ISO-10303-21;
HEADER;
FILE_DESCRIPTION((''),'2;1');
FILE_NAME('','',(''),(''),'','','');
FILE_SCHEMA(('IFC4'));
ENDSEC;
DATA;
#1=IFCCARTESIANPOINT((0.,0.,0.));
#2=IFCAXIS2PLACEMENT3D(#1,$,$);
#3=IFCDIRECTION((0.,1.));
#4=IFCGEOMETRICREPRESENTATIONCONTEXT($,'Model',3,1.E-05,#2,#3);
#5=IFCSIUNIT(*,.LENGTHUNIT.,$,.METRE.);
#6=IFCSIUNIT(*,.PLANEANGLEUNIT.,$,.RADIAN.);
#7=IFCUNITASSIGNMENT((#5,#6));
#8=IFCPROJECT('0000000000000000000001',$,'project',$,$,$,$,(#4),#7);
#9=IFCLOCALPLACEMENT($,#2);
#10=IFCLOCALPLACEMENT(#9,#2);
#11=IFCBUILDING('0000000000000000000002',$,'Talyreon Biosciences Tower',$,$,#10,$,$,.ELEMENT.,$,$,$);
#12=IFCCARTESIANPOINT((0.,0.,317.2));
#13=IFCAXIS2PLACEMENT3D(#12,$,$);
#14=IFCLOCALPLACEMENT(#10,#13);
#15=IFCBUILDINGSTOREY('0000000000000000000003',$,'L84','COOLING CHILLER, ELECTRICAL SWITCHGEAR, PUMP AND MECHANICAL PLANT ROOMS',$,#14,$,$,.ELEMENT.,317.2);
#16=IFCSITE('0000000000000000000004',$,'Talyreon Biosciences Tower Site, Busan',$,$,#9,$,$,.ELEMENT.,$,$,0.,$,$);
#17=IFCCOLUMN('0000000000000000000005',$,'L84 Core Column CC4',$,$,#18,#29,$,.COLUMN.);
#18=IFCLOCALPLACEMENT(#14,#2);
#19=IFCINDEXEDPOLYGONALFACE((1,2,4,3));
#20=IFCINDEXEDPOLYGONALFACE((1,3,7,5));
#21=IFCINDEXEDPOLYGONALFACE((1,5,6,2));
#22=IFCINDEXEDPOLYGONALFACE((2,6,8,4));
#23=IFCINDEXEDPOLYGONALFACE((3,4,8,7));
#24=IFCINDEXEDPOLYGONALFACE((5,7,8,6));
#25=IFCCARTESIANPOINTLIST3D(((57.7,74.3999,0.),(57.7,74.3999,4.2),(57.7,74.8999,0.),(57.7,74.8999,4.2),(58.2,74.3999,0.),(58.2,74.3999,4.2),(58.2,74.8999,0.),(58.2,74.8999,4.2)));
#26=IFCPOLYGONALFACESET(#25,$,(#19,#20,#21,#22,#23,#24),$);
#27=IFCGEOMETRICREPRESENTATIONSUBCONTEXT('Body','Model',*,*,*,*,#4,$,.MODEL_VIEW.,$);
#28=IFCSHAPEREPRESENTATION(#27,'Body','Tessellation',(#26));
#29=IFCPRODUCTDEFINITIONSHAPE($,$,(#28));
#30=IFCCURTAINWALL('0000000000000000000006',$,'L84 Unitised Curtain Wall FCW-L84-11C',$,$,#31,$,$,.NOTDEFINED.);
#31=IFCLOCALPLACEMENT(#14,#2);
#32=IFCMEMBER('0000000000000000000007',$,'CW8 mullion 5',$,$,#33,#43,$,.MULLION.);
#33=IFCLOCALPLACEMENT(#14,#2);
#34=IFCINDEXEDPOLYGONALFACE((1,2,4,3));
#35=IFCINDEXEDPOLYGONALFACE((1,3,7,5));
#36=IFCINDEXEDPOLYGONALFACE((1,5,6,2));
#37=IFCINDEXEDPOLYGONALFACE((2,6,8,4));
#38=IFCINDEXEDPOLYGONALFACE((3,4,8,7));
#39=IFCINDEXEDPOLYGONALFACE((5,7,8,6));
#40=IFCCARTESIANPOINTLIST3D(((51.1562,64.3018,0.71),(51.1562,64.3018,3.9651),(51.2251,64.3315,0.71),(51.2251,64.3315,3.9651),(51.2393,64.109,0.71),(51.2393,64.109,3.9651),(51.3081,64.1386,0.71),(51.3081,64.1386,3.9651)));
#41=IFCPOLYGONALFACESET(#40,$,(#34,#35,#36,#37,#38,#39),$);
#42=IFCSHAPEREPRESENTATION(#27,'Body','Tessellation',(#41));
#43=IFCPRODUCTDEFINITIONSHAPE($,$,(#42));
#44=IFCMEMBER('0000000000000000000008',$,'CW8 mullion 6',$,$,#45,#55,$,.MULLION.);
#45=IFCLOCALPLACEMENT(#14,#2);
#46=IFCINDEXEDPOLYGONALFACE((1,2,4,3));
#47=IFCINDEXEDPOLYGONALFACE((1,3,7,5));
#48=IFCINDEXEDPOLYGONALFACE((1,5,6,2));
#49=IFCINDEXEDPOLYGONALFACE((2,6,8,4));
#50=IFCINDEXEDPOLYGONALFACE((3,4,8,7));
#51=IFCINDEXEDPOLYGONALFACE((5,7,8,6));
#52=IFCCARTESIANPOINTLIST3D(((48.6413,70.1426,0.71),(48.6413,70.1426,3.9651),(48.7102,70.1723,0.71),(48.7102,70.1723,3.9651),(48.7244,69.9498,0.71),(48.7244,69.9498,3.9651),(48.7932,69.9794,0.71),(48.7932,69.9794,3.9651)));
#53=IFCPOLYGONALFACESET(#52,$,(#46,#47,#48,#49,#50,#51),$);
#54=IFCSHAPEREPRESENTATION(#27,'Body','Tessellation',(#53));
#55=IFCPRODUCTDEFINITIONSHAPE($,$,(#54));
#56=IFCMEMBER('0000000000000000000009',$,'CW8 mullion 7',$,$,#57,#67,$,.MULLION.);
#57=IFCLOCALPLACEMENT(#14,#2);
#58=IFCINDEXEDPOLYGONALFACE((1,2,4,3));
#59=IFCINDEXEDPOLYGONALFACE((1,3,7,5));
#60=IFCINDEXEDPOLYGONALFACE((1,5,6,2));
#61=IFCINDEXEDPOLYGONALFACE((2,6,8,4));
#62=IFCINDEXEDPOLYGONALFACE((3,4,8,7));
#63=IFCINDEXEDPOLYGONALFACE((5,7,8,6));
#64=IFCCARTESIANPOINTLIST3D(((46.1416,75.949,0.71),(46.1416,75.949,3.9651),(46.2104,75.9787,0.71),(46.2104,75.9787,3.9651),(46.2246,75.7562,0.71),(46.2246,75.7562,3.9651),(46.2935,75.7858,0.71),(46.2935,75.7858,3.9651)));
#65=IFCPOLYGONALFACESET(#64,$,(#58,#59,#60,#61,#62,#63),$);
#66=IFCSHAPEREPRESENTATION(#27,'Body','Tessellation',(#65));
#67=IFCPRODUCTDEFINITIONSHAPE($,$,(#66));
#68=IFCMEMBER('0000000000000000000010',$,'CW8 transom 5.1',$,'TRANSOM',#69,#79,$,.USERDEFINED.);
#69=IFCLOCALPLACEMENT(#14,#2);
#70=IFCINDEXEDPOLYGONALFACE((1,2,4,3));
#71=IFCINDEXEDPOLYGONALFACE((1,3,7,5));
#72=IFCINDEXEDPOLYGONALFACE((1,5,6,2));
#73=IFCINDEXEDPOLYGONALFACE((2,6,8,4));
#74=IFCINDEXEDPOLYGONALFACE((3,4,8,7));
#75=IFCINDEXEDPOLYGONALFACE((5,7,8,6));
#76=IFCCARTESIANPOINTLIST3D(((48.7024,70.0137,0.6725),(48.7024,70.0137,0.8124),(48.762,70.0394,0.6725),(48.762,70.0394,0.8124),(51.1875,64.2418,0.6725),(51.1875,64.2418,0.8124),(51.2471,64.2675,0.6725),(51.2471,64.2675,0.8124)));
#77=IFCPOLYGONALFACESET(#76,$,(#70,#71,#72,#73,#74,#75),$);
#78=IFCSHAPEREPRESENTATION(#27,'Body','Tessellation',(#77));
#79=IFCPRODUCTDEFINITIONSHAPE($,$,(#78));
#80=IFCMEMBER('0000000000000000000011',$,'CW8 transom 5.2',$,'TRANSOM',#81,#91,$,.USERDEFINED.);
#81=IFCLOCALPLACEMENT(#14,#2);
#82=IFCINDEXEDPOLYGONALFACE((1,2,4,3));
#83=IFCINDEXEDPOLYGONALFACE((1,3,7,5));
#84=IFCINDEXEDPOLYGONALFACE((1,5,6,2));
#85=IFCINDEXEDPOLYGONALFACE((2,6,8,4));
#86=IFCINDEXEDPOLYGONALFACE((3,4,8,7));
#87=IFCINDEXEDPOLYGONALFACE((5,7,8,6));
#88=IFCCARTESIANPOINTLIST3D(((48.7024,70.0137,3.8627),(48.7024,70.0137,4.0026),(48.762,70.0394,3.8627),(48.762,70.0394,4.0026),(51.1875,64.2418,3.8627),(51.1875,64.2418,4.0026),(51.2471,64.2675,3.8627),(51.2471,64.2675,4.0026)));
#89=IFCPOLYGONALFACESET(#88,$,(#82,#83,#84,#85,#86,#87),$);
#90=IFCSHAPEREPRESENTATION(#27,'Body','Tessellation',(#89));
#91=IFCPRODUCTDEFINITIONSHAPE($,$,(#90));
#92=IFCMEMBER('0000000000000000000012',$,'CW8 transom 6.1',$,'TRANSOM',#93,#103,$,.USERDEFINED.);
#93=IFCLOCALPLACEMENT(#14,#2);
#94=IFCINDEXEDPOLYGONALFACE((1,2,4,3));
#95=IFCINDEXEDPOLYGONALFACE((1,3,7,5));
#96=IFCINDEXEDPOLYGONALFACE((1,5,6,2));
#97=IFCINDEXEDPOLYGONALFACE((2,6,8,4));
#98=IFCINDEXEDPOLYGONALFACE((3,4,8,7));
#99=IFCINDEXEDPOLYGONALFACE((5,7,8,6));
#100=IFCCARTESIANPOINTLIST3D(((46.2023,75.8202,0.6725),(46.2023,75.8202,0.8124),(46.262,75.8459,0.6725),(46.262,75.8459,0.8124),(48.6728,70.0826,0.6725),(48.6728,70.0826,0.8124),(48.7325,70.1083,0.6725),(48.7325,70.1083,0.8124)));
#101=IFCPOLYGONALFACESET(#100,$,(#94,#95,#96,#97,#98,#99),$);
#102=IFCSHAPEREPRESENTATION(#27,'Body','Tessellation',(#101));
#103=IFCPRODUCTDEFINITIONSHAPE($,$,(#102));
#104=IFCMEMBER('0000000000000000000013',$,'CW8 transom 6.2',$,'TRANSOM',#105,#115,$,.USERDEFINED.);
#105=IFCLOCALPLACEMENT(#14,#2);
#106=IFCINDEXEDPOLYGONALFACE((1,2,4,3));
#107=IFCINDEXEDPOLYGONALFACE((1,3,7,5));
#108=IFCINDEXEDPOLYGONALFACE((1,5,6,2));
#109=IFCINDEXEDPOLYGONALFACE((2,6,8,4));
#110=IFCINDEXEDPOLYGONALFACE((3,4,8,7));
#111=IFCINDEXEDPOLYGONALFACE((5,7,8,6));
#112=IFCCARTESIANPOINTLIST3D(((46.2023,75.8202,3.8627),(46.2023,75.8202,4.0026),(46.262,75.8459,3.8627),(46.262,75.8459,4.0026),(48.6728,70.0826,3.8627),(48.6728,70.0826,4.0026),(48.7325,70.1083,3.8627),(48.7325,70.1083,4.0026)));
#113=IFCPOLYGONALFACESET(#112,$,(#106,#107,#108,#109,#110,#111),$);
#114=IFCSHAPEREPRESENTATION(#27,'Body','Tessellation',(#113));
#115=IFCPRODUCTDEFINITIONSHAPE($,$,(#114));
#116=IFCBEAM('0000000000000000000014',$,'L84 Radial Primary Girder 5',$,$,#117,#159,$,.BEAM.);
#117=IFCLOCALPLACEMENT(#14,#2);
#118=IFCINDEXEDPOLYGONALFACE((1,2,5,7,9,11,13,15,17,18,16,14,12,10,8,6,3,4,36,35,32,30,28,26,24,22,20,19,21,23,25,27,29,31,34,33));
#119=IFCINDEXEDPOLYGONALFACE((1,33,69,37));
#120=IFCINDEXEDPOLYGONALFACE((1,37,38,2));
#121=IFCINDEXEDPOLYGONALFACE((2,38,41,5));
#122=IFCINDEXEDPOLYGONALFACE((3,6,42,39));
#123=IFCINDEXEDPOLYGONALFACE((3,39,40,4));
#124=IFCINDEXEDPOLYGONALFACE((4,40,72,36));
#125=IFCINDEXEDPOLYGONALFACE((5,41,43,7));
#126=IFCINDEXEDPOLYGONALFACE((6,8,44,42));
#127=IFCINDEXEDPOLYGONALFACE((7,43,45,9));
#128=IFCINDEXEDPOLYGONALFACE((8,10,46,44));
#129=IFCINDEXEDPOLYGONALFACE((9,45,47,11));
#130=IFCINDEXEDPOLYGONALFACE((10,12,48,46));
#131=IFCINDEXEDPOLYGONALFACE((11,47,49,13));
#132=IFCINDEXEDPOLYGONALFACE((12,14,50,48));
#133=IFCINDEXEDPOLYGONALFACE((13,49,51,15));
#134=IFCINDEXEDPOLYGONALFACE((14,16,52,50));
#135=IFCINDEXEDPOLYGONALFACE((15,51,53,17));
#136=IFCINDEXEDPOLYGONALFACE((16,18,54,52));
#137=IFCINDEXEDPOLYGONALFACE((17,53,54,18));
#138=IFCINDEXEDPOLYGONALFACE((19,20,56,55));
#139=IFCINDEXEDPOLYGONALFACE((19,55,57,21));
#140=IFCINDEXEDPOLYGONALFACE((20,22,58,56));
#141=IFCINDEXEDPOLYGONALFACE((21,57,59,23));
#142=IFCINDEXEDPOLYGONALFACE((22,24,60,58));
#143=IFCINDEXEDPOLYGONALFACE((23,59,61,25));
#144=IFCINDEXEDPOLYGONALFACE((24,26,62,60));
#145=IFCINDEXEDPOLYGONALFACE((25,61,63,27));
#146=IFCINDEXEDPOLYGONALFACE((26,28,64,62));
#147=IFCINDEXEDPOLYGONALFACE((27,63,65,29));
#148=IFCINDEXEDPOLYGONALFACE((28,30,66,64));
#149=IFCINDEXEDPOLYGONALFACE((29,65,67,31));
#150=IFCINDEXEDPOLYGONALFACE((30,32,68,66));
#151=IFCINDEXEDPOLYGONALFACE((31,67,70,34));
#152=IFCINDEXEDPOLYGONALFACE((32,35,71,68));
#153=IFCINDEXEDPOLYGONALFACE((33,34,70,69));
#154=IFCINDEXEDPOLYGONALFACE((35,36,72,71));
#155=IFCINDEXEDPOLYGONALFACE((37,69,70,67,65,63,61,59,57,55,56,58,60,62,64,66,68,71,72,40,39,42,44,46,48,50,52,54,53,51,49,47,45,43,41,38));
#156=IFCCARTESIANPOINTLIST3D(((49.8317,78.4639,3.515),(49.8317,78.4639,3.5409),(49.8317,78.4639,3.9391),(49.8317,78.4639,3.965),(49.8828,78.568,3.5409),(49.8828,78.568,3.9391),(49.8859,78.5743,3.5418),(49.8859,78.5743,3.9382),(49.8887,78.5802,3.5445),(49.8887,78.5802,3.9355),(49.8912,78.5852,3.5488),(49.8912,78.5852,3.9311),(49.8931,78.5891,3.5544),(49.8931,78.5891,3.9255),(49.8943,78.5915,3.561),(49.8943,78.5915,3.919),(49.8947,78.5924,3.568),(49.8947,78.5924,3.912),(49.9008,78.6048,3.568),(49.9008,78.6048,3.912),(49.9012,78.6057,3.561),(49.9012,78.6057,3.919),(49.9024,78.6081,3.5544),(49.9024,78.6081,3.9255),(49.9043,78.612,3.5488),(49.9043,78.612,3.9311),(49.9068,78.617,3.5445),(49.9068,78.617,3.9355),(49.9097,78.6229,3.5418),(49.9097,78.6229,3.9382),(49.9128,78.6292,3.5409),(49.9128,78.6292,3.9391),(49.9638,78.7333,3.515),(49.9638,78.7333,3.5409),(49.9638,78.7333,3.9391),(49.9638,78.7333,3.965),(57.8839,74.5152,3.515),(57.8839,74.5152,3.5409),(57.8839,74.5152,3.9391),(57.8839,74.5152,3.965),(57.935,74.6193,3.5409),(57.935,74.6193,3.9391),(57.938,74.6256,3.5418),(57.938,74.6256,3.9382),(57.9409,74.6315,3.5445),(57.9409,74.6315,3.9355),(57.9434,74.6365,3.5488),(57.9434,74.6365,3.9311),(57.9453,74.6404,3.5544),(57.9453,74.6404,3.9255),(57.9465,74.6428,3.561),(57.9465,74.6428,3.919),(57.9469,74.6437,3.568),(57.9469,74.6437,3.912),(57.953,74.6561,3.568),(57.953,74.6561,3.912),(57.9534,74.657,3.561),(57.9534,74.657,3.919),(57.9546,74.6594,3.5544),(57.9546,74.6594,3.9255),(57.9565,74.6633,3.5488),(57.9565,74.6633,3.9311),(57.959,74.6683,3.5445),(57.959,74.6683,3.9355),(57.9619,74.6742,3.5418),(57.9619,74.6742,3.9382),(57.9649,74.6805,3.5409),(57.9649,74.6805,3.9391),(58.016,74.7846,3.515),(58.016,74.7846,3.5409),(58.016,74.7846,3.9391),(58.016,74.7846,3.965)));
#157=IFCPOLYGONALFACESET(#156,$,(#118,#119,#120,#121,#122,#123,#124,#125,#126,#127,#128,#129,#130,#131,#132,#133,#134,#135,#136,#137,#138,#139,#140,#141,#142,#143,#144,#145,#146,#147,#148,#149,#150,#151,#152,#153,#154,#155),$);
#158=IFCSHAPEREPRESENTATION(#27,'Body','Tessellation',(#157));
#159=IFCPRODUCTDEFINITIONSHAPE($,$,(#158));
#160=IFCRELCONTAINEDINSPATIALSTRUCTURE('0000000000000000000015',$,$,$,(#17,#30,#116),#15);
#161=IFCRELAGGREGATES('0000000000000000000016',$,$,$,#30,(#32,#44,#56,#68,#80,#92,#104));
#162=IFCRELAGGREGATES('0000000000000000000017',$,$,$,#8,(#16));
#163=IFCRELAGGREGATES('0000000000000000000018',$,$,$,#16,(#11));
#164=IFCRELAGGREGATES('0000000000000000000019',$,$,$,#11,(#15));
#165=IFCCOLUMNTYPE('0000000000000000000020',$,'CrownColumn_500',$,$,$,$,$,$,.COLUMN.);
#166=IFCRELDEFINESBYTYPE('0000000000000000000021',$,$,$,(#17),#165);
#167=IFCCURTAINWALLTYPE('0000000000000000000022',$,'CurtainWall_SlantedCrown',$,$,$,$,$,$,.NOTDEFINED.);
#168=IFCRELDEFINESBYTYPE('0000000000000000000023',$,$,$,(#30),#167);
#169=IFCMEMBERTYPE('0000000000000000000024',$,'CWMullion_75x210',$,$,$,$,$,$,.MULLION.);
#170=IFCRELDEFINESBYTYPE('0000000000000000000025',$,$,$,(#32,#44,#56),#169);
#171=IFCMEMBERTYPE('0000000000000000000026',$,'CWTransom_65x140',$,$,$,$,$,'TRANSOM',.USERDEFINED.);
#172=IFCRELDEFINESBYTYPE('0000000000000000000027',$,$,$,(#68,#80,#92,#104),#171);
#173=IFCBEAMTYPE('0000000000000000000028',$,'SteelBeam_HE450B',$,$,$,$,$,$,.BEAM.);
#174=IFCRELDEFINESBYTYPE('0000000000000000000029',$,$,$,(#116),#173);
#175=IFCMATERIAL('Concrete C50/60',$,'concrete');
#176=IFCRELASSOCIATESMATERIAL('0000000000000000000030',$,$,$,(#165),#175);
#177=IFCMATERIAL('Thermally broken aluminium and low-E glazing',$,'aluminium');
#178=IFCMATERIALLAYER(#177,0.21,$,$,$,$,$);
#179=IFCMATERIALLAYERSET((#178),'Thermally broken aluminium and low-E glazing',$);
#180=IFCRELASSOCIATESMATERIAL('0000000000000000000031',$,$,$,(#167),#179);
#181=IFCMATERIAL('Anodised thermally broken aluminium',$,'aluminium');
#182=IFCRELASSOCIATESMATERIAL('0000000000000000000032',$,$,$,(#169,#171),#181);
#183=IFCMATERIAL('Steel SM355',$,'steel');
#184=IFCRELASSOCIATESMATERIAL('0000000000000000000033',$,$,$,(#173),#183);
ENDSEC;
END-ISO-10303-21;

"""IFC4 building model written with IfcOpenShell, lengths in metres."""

from ifc_helpers import new_model, si_unit, direction, frame, origin, origin_2d, place, context, subcontext, project, spatial, rectangle, i_section, extrude, material, layer, layer_set, material_profile, profile_set, type_object, element, aggregate, save


model = new_model("IFC4")

# Units and contexts
model_context = context("Model", 3, precision=1e-05, world=origin(), true_north=direction((0.0, 1.0)))
body_context = subcontext(model_context, "Body", "Model", "MODEL_VIEW")
ifc_project = project(units=[si_unit("LENGTHUNIT", "METRE"), si_unit("PLANEANGLEUNIT", "RADIAN")], contexts=[model_context])

# Site, building, storey
site_placement = place(None, origin())
site = spatial("IfcSite", under=ifc_project, at=site_placement, Name="Talyreon Biosciences Tower Site, Busan", CompositionType="ELEMENT", RefElevation=0.0)
building_placement = place(site_placement, origin())
building = spatial("IfcBuilding", under=site, at=building_placement, Name="Talyreon Biosciences Tower", CompositionType="ELEMENT")
storey_placement = place(building_placement, frame((0.0, 0.0, 317.2)))
storey = spatial("IfcBuildingStorey", under=building, at=storey_placement, Name="L84", Description="COOLING CHILLER, ELECTRICAL SWITCHGEAR, PUMP AND MECHANICAL PLANT ROOMS", CompositionType="ELEMENT", Elevation=317.2)

# Column
ifc_material_1 = material(Name="Concrete C50/60", Category="concrete")
ifc_material_profile_1 = material_profile(ifc_material_1, rectangle(XDim=0.5, YDim=0.5, at=origin_2d()), Name="RC 500x500")
ifc_profile_set_1 = profile_set([ifc_material_profile_1], Name="Concrete C50/60")
column_type = type_object("IfcColumnType", Name="CrownColumn_500", PredefinedType="COLUMN", material=ifc_profile_set_1)
column_placement = place(storey_placement, frame((57.95, 74.6499, 0.0), z_axis=(0.0, 0.0, 1.0), x_axis=(1.0, 0.0, 0.0)))
element("IfcColumn", 1, at=column_placement, inside=storey, type_object=column_type, Name="L84 Core Column CC4", PredefinedType="COLUMN", context=body_context, shape_type="SweptSolid", body=[
    extrude(rectangle(XDim=0.5, YDim=0.5, at=origin_2d()), origin(), (0.0, 0.0, 1.0), 4.2),
])

# Curtain wall, members
ifc_material_2 = material(Name="Thermally broken aluminium and low-E glazing", Category="aluminium")
ifc_layer_1 = layer(ifc_material_2, 0.21)
ifc_layer_set_1 = layer_set([ifc_layer_1], Name="Thermally broken aluminium and low-E glazing")
curtain_wall_type = type_object("IfcCurtainWallType", Name="CurtainWall_SlantedCrown", PredefinedType="NOTDEFINED", material=ifc_layer_set_1)
curtain_wall_placement = place(storey_placement, origin())
curtain_wall = element("IfcCurtainWall", 2, at=curtain_wall_placement, inside=storey, type_object=curtain_wall_type, Name="L84 Unitised Curtain Wall FCW-L84-11C", PredefinedType="NOTDEFINED")
ifc_material_3 = material(Name="Anodised thermally broken aluminium", Category="aluminium")
ifc_material_profile_2 = material_profile(ifc_material_3, rectangle(XDim=0.075, YDim=0.21, at=origin_2d()), Name="ALUM MULLION 75x210")
ifc_profile_set_2 = profile_set([ifc_material_profile_2], Name="Anodised thermally broken aluminium")
member_type_1 = type_object("IfcMemberType", Name="CWMullion_75x210", PredefinedType="MULLION", material=ifc_profile_set_2)
member_1_placement = place(storey_placement, frame((51.2322, 64.2202, 0.71), z_axis=(0.0, 0.0, 1.0), x_axis=(-0.918487, -0.395451, 0.0)))
member_1 = element("IfcMember", 3, at=member_1_placement, type_object=member_type_1, Name="CW8 mullion 5", PredefinedType="MULLION", context=body_context, shape_type="SweptSolid", body=[
    extrude(rectangle(XDim=0.075, YDim=0.21, at=origin_2d()), origin(), (0.0, 0.0, 1.0), 3.2551),
])
member_2_placement = place(storey_placement, frame((48.7173, 70.061, 0.71), z_axis=(0.0, 0.0, 1.0), x_axis=(-0.918487, -0.395451, 0.0)))
member_2 = element("IfcMember", 4, at=member_2_placement, type_object=member_type_1, Name="CW8 mullion 6", PredefinedType="MULLION", context=body_context, shape_type="SweptSolid", body=[
    extrude(rectangle(XDim=0.075, YDim=0.21, at=origin_2d()), origin(), (0.0, 0.0, 1.0), 3.2551),
])
member_3_placement = place(storey_placement, frame((46.2175, 75.8674, 0.71), z_axis=(0.0, 0.0, 1.0), x_axis=(-0.918487, -0.395451, 0.0)))
member_3 = element("IfcMember", 5, at=member_3_placement, type_object=member_type_1, Name="CW8 mullion 7", PredefinedType="MULLION", context=body_context, shape_type="SweptSolid", body=[
    extrude(rectangle(XDim=0.075, YDim=0.21, at=origin_2d()), origin(), (0.0, 0.0, 1.0), 3.2551),
])
ifc_material_profile_3 = material_profile(ifc_material_3, rectangle(XDim=0.0649, YDim=0.1399, at=origin_2d()), Name="ALUM TRANSOM 65x140")
ifc_profile_set_3 = profile_set([ifc_material_profile_3], Name="Anodised thermally broken aluminium")
member_type_2 = type_object("IfcMemberType", Name="CWTransom_65x140", ElementType="TRANSOM", PredefinedType="USERDEFINED", material=ifc_profile_set_3)
member_4_placement = place(storey_placement, frame((51.2173, 64.2546, 0.7424), z_axis=(-0.395452, 0.918487, 0.0), x_axis=(-0.918487, -0.395452, 0.0)))
member_4 = element("IfcMember", 6, at=member_4_placement, type_object=member_type_2, Name="CW8 transom 5.1", ObjectType="TRANSOM", PredefinedType="USERDEFINED", context=body_context, shape_type="SweptSolid", body=[
    extrude(rectangle(XDim=0.0649, YDim=0.1399, at=origin_2d()), origin(), (0.0, 0.0, 1.0), 6.2842),
])
member_5_placement = place(storey_placement, frame((51.2173, 64.2546, 3.9326), z_axis=(-0.395452, 0.918487, 0.0), x_axis=(-0.918487, -0.395452, 0.0)))
member_5 = element("IfcMember", 7, at=member_5_placement, type_object=member_type_2, Name="CW8 transom 5.2", ObjectType="TRANSOM", PredefinedType="USERDEFINED", context=body_context, shape_type="SweptSolid", body=[
    extrude(rectangle(XDim=0.0649, YDim=0.1399, at=origin_2d()), origin(), (0.0, 0.0, 1.0), 6.2842),
])
member_6_placement = place(storey_placement, frame((48.7026, 70.0955, 0.7424), z_axis=(-0.395475, 0.918477, 0.0), x_axis=(-0.918477, -0.395475, 0.0)))
member_6 = element("IfcMember", 8, at=member_6_placement, type_object=member_type_2, Name="CW8 transom 6.1", ObjectType="TRANSOM", PredefinedType="USERDEFINED", context=body_context, shape_type="SweptSolid", body=[
    extrude(rectangle(XDim=0.0649, YDim=0.1399, at=origin_2d()), origin(), (0.0, 0.0, 1.0), 6.2468),
])
member_7_placement = place(storey_placement, frame((48.7026, 70.0955, 3.9326), z_axis=(-0.395475, 0.918477, 0.0), x_axis=(-0.918477, -0.395475, 0.0)))
member_7 = element("IfcMember", 9, at=member_7_placement, type_object=member_type_2, Name="CW8 transom 6.2", ObjectType="TRANSOM", PredefinedType="USERDEFINED", context=body_context, shape_type="SweptSolid", body=[
    extrude(rectangle(XDim=0.0649, YDim=0.1399, at=origin_2d()), origin(), (0.0, 0.0, 1.0), 6.2468),
])

# Beam
ifc_material_4 = material(Name="Steel SM355", Category="steel")
ifc_material_profile_4 = material_profile(ifc_material_4, i_section(OverallWidth=0.3, OverallDepth=0.45, WebThickness=0.0139, FlangeThickness=0.0259, FilletRadius=0.0271, at=origin_2d()), Name="HE450B")
ifc_profile_set_4 = profile_set([ifc_material_profile_4], Name="Steel SM355")
beam_type = type_object("IfcBeamType", Name="SteelBeam_HE450B", PredefinedType="BEAM", material=ifc_profile_set_4)
beam_1_placement = place(storey_placement, frame((57.95, 74.6499, 3.74), z_axis=(-0.897852, 0.440297, 0.0), x_axis=(-0.440297, -0.897852, 0.0)))
element("IfcBeam", 10, at=beam_1_placement, inside=storey, type_object=beam_type, Name="L84 Radial Primary Girder 5", PredefinedType="BEAM", context=body_context, shape_type="SweptSolid", body=[
    extrude(i_section(OverallWidth=0.3, OverallDepth=0.45, WebThickness=0.0139, FlangeThickness=0.0259, FilletRadius=0.0271, at=origin_2d()), origin(), (0.0, 0.0, 1.0), 8.9683),
])

aggregate(curtain_wall, [member_1, member_2, member_3, member_4, member_5, member_6, member_7])

save(model, "model.ifc")
